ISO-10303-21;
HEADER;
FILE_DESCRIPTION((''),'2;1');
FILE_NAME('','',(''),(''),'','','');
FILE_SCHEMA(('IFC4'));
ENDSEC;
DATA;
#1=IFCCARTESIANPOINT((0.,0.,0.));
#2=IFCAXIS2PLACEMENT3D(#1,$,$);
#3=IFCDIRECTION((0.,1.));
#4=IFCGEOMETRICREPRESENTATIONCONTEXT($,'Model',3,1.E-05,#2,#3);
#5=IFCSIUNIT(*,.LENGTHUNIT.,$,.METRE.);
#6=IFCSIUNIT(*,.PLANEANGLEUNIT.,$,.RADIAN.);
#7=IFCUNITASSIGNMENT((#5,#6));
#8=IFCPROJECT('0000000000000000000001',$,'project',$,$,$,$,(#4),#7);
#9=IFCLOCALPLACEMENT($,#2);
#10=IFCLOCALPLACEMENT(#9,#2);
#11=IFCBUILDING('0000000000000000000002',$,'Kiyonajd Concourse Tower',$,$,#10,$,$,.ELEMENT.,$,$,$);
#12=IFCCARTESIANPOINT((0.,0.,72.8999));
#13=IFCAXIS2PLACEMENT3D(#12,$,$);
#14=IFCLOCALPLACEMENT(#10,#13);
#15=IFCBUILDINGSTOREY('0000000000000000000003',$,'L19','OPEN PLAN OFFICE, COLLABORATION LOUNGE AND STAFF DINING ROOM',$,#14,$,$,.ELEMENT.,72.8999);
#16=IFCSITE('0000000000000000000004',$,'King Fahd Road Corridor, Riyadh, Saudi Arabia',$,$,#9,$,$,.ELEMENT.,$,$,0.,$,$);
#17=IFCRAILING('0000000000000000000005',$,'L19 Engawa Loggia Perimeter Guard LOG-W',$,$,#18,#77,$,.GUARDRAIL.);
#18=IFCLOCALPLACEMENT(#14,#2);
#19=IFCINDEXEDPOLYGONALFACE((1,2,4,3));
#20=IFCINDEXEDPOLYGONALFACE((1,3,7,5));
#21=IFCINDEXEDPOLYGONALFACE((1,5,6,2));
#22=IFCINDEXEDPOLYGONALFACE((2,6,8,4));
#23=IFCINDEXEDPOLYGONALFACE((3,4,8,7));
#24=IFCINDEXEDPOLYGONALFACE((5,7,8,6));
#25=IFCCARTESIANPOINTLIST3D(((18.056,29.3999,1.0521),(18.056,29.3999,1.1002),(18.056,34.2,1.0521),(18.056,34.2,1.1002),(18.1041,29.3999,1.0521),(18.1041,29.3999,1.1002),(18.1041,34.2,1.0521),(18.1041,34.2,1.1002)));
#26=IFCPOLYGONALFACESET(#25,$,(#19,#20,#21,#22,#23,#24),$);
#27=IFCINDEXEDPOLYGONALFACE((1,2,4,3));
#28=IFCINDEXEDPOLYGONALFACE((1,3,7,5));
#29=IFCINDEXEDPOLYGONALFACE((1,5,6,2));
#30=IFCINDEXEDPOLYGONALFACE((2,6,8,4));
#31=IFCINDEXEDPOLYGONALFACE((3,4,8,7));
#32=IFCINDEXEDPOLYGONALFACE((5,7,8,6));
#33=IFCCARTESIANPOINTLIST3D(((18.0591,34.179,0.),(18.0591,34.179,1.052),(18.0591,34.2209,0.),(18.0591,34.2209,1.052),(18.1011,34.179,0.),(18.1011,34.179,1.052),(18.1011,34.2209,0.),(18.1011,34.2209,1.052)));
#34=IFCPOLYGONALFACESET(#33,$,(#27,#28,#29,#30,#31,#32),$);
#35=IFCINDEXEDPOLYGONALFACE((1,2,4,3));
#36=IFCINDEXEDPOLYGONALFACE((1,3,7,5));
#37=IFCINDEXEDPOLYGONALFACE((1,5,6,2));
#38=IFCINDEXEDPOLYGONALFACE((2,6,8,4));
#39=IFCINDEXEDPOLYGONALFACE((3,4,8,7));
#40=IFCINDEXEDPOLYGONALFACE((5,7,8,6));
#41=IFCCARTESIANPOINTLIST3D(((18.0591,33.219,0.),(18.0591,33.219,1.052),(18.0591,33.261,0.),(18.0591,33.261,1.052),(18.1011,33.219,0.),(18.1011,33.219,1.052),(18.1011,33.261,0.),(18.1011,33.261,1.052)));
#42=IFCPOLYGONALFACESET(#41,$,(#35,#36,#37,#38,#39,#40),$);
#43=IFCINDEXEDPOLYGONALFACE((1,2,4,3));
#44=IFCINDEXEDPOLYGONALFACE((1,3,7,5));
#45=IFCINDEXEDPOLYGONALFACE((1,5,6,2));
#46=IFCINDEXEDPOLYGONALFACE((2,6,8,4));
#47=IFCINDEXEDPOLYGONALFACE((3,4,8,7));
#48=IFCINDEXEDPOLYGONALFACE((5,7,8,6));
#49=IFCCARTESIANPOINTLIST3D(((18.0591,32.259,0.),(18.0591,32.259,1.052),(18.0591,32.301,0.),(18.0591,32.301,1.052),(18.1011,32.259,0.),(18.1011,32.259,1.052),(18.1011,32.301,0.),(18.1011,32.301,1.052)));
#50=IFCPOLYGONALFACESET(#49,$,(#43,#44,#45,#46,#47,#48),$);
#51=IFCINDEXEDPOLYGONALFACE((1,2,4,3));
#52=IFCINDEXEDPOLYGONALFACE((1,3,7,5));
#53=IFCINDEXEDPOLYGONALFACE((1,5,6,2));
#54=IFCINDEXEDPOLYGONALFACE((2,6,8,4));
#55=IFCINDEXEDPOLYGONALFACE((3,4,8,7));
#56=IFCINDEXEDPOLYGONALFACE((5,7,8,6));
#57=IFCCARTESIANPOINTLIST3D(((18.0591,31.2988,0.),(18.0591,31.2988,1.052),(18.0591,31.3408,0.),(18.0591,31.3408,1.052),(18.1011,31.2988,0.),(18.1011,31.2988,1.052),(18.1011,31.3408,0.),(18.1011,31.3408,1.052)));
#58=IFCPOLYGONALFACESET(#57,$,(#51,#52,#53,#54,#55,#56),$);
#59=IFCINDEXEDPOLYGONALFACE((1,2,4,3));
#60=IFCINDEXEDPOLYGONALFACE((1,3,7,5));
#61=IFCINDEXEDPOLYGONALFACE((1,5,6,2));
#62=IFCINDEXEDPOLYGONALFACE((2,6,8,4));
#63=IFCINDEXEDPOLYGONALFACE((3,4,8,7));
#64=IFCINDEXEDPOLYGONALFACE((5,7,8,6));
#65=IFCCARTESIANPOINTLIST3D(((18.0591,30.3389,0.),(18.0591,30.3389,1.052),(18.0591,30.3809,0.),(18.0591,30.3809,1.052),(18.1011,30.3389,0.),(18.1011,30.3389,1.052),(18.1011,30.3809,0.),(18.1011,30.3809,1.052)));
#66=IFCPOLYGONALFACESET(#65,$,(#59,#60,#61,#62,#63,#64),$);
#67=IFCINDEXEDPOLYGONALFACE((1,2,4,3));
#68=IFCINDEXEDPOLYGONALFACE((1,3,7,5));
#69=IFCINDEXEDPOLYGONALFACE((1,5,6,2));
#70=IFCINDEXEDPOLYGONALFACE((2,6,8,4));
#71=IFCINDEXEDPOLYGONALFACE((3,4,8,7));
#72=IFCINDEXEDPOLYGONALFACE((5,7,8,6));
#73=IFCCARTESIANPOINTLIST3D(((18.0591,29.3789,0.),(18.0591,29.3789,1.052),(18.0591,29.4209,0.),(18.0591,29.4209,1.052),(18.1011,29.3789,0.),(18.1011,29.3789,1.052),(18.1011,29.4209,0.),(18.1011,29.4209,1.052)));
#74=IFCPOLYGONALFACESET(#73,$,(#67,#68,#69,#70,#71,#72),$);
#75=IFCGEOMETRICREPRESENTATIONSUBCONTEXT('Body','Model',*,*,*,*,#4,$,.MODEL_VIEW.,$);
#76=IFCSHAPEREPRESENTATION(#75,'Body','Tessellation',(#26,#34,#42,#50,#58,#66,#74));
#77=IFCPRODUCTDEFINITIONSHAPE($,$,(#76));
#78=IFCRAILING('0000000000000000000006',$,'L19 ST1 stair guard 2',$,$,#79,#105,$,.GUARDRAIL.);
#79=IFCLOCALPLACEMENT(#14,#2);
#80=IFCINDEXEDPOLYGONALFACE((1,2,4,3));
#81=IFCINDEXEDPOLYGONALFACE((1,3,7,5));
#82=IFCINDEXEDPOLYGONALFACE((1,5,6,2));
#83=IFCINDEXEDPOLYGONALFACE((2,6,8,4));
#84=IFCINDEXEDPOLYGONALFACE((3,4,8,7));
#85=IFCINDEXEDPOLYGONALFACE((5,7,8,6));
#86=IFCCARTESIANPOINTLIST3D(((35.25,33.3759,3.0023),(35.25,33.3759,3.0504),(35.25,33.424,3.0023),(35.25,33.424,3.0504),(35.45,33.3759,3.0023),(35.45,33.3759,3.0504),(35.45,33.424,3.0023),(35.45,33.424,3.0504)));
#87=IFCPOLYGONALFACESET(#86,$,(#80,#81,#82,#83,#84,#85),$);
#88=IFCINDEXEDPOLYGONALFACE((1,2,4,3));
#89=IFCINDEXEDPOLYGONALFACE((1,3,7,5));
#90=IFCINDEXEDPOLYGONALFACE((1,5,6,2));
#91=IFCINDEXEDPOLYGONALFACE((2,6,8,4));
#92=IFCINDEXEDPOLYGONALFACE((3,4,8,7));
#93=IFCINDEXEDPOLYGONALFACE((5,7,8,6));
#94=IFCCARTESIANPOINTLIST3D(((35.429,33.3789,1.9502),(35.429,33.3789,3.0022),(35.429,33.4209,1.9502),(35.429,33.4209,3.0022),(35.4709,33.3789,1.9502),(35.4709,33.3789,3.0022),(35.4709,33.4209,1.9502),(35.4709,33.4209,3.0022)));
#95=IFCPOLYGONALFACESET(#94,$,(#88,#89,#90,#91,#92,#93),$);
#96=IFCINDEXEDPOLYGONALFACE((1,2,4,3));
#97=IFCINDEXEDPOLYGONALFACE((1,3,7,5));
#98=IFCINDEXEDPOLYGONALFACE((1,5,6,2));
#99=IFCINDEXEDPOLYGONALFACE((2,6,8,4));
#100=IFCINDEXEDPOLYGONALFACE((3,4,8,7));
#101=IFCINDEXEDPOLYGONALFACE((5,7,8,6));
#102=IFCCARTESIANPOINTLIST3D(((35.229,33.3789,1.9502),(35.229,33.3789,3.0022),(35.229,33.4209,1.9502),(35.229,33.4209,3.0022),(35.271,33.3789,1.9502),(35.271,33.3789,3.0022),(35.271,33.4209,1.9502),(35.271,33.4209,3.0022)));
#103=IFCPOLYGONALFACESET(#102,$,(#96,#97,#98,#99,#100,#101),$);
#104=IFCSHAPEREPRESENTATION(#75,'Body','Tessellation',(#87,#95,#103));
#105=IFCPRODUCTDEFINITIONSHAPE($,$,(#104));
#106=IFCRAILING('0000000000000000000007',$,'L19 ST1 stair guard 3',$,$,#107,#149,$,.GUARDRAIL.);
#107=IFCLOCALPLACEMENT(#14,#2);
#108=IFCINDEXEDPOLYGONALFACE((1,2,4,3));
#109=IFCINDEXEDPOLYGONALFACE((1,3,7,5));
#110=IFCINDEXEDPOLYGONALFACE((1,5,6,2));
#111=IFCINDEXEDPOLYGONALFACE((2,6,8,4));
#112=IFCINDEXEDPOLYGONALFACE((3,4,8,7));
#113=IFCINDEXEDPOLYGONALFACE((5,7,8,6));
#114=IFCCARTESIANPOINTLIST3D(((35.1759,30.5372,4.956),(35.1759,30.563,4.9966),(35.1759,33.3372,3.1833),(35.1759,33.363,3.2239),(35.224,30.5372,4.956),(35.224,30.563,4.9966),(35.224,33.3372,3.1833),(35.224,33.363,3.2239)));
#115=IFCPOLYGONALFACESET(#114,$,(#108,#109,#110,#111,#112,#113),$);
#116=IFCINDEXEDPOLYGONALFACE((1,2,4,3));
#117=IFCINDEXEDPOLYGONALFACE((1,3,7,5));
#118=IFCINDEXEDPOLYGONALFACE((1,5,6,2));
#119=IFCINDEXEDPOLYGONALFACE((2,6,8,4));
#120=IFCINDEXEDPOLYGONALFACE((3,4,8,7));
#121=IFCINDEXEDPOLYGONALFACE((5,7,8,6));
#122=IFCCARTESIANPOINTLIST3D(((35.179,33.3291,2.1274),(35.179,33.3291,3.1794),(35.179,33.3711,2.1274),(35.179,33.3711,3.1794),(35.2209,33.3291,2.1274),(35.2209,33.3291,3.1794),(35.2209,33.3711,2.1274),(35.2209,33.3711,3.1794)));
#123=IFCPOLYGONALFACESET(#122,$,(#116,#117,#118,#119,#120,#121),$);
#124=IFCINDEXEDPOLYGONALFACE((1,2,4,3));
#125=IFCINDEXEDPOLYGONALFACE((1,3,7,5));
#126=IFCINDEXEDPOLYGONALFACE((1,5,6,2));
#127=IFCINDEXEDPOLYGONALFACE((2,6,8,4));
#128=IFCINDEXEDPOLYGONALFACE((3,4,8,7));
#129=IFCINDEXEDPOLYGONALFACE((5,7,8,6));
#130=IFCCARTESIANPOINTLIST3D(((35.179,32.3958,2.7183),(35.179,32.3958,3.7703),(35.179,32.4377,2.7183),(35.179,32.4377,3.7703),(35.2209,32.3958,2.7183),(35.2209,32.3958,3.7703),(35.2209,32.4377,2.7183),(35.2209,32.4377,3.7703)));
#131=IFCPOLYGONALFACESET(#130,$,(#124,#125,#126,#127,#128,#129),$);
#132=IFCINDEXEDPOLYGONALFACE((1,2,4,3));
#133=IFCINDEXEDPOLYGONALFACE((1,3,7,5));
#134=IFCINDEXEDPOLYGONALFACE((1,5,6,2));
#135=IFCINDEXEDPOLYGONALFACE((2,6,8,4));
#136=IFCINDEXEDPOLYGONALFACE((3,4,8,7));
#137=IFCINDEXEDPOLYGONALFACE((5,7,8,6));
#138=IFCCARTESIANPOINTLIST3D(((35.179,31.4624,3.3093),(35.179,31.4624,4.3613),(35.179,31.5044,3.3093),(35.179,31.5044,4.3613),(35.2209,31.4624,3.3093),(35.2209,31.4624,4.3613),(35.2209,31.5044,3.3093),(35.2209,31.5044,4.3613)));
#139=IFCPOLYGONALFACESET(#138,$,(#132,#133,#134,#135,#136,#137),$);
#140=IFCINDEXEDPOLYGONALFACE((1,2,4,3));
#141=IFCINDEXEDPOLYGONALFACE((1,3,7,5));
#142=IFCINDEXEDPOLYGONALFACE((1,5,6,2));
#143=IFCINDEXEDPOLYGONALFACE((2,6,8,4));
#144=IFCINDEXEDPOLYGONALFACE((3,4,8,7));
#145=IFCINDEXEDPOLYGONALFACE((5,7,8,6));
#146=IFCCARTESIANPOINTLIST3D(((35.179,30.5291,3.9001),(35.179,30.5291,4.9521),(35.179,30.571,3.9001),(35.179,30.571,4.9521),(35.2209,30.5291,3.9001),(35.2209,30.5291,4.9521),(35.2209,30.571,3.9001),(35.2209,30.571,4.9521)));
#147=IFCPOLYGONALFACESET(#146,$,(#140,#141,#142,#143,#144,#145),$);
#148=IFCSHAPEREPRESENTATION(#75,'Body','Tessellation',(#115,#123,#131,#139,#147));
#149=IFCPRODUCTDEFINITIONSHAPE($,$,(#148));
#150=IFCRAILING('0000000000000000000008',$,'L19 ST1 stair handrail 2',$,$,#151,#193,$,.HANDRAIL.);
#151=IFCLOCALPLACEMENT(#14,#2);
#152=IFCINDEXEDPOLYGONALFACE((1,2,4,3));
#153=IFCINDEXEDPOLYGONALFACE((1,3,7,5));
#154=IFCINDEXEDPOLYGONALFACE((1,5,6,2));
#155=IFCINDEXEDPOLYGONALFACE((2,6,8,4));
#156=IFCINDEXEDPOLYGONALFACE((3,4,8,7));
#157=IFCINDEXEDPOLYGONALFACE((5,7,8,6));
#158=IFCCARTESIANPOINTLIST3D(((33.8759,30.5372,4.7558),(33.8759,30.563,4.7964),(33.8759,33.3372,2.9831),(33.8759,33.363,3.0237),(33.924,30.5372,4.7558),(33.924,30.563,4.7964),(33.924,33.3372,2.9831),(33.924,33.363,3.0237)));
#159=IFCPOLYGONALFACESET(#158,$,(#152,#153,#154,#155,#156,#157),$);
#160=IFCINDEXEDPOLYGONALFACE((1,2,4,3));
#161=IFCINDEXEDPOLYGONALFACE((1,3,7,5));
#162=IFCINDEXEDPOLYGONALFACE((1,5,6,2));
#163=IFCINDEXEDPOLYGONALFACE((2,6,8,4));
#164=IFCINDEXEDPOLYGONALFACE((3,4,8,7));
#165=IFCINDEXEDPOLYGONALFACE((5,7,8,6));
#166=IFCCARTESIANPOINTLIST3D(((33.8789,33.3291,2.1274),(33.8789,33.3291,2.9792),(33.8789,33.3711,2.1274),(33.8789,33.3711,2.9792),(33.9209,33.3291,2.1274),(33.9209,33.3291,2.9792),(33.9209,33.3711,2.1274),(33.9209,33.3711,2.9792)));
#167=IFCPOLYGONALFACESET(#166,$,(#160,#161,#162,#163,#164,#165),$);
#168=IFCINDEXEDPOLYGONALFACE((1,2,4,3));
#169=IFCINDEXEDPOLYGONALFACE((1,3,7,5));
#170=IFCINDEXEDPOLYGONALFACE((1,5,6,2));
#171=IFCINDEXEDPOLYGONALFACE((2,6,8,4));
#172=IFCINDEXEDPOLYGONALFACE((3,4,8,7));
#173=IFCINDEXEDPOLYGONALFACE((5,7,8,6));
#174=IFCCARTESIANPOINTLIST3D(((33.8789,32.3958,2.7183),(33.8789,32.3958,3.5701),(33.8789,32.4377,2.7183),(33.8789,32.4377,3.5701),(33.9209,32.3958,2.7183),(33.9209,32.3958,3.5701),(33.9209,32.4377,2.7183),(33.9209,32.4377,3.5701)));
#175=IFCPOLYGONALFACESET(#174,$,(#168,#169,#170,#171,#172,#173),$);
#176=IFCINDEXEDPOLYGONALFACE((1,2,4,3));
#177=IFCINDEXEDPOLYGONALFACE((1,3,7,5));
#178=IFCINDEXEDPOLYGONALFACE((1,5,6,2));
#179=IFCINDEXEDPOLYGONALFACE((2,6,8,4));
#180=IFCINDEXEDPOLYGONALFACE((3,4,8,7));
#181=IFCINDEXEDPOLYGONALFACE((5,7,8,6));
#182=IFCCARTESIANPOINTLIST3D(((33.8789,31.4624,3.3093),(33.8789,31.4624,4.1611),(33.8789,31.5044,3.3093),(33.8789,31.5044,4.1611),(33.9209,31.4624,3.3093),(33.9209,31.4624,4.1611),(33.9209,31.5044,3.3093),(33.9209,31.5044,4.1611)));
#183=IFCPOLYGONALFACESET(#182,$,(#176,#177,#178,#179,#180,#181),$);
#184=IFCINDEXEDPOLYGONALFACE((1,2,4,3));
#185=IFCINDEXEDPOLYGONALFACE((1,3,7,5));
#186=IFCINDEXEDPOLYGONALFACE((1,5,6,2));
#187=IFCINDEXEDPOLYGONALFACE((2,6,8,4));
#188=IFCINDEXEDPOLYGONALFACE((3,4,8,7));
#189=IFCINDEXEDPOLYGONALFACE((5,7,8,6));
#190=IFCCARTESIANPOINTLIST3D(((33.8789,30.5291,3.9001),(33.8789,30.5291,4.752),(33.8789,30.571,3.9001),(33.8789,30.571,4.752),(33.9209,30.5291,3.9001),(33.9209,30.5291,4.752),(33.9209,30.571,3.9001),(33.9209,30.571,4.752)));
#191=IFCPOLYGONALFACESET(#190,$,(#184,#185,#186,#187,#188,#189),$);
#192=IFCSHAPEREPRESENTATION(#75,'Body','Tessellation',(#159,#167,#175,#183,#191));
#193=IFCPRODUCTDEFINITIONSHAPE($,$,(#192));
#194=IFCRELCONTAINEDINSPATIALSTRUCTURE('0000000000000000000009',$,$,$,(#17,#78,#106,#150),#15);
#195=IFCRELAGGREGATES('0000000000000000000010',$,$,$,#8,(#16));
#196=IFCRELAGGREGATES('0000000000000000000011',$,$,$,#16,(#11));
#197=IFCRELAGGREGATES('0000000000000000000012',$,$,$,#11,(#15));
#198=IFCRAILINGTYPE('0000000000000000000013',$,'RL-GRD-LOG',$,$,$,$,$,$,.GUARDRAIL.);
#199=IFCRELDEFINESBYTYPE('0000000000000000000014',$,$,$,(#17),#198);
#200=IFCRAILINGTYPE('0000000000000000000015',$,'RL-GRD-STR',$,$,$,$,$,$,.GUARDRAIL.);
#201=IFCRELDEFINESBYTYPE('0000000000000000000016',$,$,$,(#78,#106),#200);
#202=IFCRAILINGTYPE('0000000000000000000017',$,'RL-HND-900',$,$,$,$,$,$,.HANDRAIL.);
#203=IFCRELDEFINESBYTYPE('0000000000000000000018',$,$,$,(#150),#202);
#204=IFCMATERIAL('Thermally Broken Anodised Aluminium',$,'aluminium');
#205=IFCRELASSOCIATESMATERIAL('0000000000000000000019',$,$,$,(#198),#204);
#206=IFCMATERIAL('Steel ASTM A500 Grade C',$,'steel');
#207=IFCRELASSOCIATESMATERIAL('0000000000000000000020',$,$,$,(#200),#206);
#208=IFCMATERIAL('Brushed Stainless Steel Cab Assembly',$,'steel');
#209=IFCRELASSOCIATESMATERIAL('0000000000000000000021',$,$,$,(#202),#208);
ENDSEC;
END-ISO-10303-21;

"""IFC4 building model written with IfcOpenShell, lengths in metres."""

from ifc_helpers import new_model, si_unit, direction, frame, origin, origin_2d, place, context, subcontext, project, spatial, rectangle, extrude, material, type_object, element, save


model = new_model("IFC4")

# Units and contexts
model_context = context("Model", 3, precision=1e-05, world=origin(), true_north=direction((0.0, 1.0)))
body_context = subcontext(model_context, "Body", "Model", "MODEL_VIEW")
ifc_project = project(units=[si_unit("LENGTHUNIT", "METRE"), si_unit("PLANEANGLEUNIT", "RADIAN")], contexts=[model_context])

# Site, building, storey
site_placement = place(None, origin())
site = spatial("IfcSite", under=ifc_project, at=site_placement, Name="King Fahd Road Corridor, Riyadh, Saudi Arabia", CompositionType="ELEMENT", RefElevation=0.0)
building_placement = place(site_placement, origin())
building = spatial("IfcBuilding", under=site, at=building_placement, Name="Kiyonajd Concourse Tower", CompositionType="ELEMENT")
storey_placement = place(building_placement, frame((0.0, 0.0, 72.8999)))
storey = spatial("IfcBuildingStorey", under=building, at=storey_placement, Name="L19", Description="OPEN PLAN OFFICE, COLLABORATION LOUNGE AND STAFF DINING ROOM", CompositionType="ELEMENT", Elevation=72.8999)

# Shared definitions
ifc_material_1 = material(Name="Thermally Broken Anodised Aluminium", Category="aluminium")

# Shared definitions
ifc_material_2 = material(Name="Brushed Stainless Steel Cab Assembly", Category="steel")

# Railings
railing_type_1 = type_object("IfcRailingType", Name="RL-GRD-LOG", PredefinedType="GUARDRAIL", material=ifc_material_1)
railing_1_placement = place(storey_placement, frame((18.0801, 34.2, 0.0)))
element("IfcRailing", 1, at=railing_1_placement, inside=storey, type_object=railing_type_1, Name="L19 Engawa Loggia Perimeter Guard LOG-W", PredefinedType="GUARDRAIL", context=body_context, shape_type="SweptSolid", body=[
    extrude(rectangle(XDim=0.0481, YDim=0.0481, at=origin_2d()), frame((0.0, 0.0, 1.0762), z_axis=(0.0, -1.0, 0.0), x_axis=(1.0, 0.0, 0.0)), (0.0, 0.0, 1.0), 4.8),
    extrude(rectangle(XDim=0.042, YDim=0.042, at=origin_2d()), origin(), (0.0, 0.0, 1.0), 1.052),
    extrude(rectangle(XDim=0.042, YDim=0.042, at=origin_2d()), frame((0.0, -0.96, 0.0)), (0.0, 0.0, 1.0), 1.052),
    extrude(rectangle(XDim=0.042, YDim=0.042, at=origin_2d()), frame((0.0, -1.9199, 0.0)), (0.0, 0.0, 1.0), 1.052),
    extrude(rectangle(XDim=0.042, YDim=0.042, at=origin_2d()), frame((0.0, -2.8801, 0.0)), (0.0, 0.0, 1.0), 1.052),
    extrude(rectangle(XDim=0.042, YDim=0.042, at=origin_2d()), frame((0.0, -3.8401, 0.0)), (0.0, 0.0, 1.0), 1.052),
    extrude(rectangle(XDim=0.042, YDim=0.042, at=origin_2d()), frame((0.0, -4.8, 0.0)), (0.0, 0.0, 1.0), 1.052),
])
ifc_material_3 = material(Name="Steel ASTM A500 Grade C", Category="steel")
railing_type_2 = type_object("IfcRailingType", Name="RL-GRD-STR", PredefinedType="GUARDRAIL", material=ifc_material_3)
railing_2_placement = place(storey_placement, frame((35.45, 33.3999, 1.9502)))
element("IfcRailing", 2, at=railing_2_placement, inside=storey, type_object=railing_type_2, Name="L19 ST1 stair guard 2", PredefinedType="GUARDRAIL", context=body_context, shape_type="SweptSolid", body=[
    extrude(rectangle(XDim=0.0481, YDim=0.0481, at=origin_2d()), frame((0.0, 0.0, 1.0762), z_axis=(-1.0, 0.0, 0.0), x_axis=(0.0, -1.0, 0.0)), (0.0, 0.0, 1.0), 0.2),
    extrude(rectangle(XDim=0.042, YDim=0.042, at=origin_2d()), origin(), (0.0, 0.0, 1.0), 1.052),
    extrude(rectangle(XDim=0.042, YDim=0.042, at=origin_2d()), frame((-0.2, 0.0, 0.0)), (0.0, 0.0, 1.0), 1.052),
])
railing_3_placement = place(storey_placement, frame((35.2, 33.3501, 2.1274)))
element("IfcRailing", 3, at=railing_3_placement, inside=storey, type_object=railing_type_2, Name="L19 ST1 stair guard 3", PredefinedType="GUARDRAIL", context=body_context, shape_type="SweptSolid", body=[
    extrude(rectangle(XDim=0.0481, YDim=0.0481, at=origin_2d()), frame((0.0, 0.0, 1.0762), z_axis=(0.0, -0.844909, 0.53491), x_axis=(1.0, 0.0, 0.0)), (0.0, 0.0, 1.0), 3.314),
    extrude(rectangle(XDim=0.042, YDim=0.042, at=origin_2d()), origin(), (0.0, 0.0, 1.0), 1.052),
    extrude(rectangle(XDim=0.042, YDim=0.042, at=origin_2d()), frame((0.0, -0.9333, 0.5908)), (0.0, 0.0, 1.0), 1.052),
    extrude(rectangle(XDim=0.042, YDim=0.042, at=origin_2d()), frame((0.0, -1.8667, 1.1819)), (0.0, 0.0, 1.0), 1.052),
    extrude(rectangle(XDim=0.042, YDim=0.042, at=origin_2d()), frame((0.0, -2.8, 1.7727)), (0.0, 0.0, 1.0), 1.052),
])
railing_type_3 = type_object("IfcRailingType", Name="RL-HND-900", PredefinedType="HANDRAIL", material=ifc_material_2)
railing_4_placement = place(storey_placement, frame((33.8999, 33.3501, 2.1274)))
element("IfcRailing", 4, at=railing_4_placement, inside=storey, type_object=railing_type_3, Name="L19 ST1 stair handrail 2", PredefinedType="HANDRAIL", context=body_context, shape_type="SweptSolid", body=[
    extrude(rectangle(XDim=0.0481, YDim=0.0481, at=origin_2d()), frame((0.0, 0.0, 0.876), z_axis=(0.0, -0.844909, 0.53491), x_axis=(1.0, 0.0, 0.0)), (0.0, 0.0, 1.0), 3.314),
    extrude(rectangle(XDim=0.042, YDim=0.042, at=origin_2d()), origin(), (0.0, 0.0, 1.0), 0.8518),
    extrude(rectangle(XDim=0.042, YDim=0.042, at=origin_2d()), frame((0.0, -0.9333, 0.5908)), (0.0, 0.0, 1.0), 0.8518),
    extrude(rectangle(XDim=0.042, YDim=0.042, at=origin_2d()), frame((0.0, -1.8667, 1.1819)), (0.0, 0.0, 1.0), 0.8518),
    extrude(rectangle(XDim=0.042, YDim=0.042, at=origin_2d()), frame((0.0, -2.8, 1.7727)), (0.0, 0.0, 1.0), 0.8518),
])

save(model, "model.ifc")
